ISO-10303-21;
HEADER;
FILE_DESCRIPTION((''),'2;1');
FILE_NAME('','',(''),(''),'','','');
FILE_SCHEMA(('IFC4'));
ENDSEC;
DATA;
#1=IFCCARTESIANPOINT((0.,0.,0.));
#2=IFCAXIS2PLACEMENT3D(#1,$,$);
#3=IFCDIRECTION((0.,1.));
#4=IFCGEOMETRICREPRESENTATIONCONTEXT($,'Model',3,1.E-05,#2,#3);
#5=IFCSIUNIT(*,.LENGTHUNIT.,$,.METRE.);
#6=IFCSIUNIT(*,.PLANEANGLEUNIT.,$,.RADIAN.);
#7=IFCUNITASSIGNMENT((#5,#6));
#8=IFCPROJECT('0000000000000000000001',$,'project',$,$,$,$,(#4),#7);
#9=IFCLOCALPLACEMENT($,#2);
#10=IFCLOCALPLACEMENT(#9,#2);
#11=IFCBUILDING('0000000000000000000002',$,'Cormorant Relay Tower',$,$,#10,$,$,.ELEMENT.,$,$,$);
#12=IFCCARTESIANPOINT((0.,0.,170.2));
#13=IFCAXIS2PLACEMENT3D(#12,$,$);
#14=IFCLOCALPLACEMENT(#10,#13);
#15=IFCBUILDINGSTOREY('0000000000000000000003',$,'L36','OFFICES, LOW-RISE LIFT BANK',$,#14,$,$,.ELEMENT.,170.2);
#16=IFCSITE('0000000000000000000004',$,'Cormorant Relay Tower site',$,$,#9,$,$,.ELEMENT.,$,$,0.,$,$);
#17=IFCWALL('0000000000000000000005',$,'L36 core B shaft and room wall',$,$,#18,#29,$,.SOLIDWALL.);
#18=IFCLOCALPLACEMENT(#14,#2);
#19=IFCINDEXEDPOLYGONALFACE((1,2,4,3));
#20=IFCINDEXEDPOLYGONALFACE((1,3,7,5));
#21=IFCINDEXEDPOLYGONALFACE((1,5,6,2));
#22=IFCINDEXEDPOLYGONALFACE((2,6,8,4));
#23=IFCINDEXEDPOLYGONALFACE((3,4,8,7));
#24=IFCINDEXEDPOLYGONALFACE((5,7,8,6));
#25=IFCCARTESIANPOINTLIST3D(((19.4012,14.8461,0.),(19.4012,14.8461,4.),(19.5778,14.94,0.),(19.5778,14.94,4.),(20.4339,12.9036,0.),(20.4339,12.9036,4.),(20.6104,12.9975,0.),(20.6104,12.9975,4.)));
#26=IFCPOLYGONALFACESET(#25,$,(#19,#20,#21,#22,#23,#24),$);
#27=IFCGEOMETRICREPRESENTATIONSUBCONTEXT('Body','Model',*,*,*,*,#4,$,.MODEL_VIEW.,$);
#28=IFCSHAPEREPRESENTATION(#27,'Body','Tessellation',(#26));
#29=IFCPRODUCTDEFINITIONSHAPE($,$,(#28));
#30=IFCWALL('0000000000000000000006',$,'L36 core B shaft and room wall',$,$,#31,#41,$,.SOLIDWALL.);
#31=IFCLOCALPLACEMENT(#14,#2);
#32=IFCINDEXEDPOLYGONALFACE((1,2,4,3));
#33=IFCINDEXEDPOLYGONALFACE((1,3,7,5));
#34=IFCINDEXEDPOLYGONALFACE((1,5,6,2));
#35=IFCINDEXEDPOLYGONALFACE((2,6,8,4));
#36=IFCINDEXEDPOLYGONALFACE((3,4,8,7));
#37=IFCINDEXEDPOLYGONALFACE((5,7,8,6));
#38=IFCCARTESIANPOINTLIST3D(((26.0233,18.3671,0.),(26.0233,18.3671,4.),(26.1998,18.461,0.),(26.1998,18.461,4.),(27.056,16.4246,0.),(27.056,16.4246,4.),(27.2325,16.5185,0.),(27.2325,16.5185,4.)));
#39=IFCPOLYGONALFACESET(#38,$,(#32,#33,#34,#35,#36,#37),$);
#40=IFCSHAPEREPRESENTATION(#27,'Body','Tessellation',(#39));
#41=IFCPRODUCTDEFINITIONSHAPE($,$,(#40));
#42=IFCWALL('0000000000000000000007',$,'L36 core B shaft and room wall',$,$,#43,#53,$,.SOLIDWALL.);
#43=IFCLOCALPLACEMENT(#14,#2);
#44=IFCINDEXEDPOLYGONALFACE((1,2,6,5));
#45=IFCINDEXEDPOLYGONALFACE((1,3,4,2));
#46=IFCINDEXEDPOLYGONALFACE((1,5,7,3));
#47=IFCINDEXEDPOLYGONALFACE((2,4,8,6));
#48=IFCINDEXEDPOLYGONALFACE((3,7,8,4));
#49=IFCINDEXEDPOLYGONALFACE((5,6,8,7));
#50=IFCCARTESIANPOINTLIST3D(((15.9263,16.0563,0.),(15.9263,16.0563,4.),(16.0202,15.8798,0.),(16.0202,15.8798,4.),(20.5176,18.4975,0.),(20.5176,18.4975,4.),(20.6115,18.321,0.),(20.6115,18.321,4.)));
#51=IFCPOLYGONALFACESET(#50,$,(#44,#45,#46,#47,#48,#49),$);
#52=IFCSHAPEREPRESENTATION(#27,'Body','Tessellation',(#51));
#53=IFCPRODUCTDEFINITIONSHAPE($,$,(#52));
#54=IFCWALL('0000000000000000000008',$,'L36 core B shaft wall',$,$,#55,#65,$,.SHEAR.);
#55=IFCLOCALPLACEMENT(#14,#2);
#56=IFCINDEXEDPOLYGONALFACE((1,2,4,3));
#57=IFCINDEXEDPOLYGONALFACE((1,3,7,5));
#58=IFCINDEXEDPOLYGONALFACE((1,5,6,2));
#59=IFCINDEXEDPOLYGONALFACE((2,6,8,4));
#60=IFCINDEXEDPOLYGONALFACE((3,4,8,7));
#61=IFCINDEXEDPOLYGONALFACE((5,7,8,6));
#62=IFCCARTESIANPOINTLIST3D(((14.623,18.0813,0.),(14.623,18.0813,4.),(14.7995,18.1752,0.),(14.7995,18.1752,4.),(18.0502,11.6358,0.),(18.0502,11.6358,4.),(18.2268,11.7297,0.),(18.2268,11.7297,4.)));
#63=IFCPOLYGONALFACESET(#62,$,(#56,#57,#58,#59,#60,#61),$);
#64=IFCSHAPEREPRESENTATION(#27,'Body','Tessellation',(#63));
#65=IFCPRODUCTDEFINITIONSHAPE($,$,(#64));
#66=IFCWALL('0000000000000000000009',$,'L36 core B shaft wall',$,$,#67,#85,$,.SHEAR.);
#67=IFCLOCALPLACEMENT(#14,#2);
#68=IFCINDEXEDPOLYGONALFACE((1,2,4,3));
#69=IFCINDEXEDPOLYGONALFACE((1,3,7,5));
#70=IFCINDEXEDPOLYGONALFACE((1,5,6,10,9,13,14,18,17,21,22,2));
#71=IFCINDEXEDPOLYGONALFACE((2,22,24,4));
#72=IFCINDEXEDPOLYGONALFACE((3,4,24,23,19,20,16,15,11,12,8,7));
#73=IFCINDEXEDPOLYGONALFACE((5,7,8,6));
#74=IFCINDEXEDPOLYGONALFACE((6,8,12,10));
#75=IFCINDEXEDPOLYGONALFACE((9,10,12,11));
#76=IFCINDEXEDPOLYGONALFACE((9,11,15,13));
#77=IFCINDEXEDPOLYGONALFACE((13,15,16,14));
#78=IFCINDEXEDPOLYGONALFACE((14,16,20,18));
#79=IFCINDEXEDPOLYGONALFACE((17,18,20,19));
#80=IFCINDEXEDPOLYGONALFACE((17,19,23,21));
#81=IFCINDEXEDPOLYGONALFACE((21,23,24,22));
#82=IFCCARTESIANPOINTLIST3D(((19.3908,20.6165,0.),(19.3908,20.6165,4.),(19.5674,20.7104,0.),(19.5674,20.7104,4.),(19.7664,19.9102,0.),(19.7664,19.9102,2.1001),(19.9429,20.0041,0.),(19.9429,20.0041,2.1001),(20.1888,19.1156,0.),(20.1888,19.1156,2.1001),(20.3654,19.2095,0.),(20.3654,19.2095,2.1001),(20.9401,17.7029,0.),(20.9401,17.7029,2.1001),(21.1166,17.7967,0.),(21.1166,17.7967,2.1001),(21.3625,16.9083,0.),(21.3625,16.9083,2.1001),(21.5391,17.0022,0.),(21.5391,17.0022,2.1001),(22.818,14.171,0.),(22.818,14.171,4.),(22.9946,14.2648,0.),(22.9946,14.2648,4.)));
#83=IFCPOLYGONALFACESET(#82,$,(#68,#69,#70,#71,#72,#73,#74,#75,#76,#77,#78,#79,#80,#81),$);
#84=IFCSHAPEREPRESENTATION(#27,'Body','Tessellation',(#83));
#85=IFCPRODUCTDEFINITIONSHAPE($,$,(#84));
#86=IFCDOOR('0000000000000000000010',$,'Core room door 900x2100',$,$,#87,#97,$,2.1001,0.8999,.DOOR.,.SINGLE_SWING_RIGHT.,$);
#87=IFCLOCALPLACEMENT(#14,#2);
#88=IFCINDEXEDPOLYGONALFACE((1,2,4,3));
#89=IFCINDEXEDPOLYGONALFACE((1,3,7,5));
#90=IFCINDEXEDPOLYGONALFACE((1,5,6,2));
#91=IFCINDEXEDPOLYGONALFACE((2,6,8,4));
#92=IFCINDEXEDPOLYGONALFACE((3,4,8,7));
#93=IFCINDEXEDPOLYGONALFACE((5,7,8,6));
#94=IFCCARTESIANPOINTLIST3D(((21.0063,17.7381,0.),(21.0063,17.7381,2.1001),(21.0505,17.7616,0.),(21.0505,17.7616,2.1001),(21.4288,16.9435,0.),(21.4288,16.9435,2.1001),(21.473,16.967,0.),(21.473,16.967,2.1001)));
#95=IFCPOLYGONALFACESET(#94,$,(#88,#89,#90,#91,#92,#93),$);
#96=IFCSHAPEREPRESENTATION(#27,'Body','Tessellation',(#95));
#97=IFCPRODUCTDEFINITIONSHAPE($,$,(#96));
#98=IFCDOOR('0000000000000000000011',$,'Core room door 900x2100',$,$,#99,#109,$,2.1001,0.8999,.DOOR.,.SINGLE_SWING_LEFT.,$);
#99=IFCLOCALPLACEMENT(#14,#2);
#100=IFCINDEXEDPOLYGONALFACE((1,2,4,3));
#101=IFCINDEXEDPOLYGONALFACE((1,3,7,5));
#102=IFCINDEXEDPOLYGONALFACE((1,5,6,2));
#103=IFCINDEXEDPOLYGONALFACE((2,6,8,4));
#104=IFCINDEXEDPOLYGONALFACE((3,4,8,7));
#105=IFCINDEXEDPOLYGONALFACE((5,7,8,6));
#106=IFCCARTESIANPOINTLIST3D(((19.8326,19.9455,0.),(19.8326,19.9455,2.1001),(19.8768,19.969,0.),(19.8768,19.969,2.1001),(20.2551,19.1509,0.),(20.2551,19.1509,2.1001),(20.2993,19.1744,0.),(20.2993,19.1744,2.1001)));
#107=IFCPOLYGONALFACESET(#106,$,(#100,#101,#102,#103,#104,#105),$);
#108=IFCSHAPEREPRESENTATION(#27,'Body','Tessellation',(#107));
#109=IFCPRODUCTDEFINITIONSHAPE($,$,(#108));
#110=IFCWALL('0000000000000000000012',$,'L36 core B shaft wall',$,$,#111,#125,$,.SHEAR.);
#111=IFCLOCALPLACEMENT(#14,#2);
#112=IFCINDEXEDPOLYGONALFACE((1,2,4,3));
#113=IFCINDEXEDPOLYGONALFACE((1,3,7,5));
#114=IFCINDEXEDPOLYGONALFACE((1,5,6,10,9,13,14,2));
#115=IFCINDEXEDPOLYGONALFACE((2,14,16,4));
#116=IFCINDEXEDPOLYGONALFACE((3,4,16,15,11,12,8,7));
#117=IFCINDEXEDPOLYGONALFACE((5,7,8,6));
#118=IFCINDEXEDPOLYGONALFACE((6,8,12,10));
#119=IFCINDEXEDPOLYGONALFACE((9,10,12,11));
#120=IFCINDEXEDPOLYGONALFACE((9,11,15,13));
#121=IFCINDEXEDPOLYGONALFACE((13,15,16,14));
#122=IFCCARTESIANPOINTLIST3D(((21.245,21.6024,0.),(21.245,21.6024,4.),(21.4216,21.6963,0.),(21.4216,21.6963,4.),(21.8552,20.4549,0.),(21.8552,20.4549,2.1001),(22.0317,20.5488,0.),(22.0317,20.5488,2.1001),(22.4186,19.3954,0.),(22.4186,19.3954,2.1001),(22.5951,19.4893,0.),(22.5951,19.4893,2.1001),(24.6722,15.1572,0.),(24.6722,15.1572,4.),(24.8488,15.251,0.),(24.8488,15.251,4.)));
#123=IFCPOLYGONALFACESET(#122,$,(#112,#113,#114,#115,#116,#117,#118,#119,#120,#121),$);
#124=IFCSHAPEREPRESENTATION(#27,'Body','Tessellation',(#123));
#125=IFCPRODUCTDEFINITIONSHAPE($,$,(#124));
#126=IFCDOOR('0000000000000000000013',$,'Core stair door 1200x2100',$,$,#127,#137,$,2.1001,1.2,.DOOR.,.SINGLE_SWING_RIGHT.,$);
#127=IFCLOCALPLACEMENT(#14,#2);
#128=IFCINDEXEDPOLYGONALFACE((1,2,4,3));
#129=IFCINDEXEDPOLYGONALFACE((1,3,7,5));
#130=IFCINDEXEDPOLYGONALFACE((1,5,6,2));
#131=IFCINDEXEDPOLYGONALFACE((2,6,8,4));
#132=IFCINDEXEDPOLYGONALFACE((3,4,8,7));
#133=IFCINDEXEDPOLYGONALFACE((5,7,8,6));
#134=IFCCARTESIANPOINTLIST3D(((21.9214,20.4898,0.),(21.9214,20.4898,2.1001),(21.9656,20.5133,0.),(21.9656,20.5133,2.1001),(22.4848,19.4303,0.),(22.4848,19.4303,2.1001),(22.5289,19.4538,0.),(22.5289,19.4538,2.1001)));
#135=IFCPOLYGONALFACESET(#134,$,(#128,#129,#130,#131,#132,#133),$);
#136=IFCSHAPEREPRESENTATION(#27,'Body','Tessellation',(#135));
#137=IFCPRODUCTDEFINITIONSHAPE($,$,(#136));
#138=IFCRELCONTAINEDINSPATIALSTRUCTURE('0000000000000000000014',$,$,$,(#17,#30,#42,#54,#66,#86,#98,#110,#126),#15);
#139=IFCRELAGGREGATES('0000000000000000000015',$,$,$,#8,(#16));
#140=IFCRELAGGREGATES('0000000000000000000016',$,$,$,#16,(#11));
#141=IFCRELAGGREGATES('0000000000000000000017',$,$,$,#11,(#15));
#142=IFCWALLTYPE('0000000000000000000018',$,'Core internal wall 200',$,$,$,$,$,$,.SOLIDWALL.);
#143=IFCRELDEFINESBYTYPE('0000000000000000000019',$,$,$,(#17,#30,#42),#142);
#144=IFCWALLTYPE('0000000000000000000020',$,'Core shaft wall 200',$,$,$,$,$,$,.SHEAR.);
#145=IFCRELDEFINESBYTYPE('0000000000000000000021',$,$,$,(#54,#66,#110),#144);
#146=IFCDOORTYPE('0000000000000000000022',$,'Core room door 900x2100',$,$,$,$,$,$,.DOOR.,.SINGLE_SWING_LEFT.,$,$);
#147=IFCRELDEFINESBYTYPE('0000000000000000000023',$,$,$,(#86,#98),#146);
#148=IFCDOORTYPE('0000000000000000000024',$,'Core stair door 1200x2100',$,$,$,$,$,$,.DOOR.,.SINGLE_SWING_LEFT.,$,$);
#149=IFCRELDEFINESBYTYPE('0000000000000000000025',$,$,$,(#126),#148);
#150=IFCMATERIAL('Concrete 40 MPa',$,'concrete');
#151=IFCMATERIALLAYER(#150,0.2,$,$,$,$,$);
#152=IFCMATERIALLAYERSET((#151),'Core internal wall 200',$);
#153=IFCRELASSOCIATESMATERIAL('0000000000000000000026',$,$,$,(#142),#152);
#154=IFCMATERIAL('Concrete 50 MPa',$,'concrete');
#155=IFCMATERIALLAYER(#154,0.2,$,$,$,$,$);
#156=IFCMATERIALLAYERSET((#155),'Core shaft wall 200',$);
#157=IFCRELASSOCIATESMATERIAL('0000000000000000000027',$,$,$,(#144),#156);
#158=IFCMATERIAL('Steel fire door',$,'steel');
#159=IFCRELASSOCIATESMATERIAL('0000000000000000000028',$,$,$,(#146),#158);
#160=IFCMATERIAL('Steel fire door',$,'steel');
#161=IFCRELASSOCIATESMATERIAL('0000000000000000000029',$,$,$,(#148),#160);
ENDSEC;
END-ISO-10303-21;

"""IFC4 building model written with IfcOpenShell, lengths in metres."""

from ifc_helpers import new_model, si_unit, direction, frame, frame_2d, origin, place, context, subcontext, project, spatial, rectangle, extrude, material, layer, layer_set, type_object, element, fill, save


model = new_model("IFC4")

# Units and contexts
model_context = context("Model", 3, precision=1e-05, world=origin(), true_north=direction((0.0, 1.0)))
body_context = subcontext(model_context, "Body", "Model", "MODEL_VIEW")
ifc_project = project(units=[si_unit("LENGTHUNIT", "METRE"), si_unit("PLANEANGLEUNIT", "RADIAN")], contexts=[model_context])

# Site, building, storey
site_placement = place(None, origin())
site = spatial("IfcSite", under=ifc_project, at=site_placement, Name="Cormorant Relay Tower site", CompositionType="ELEMENT", RefElevation=0.0)
building_placement = place(site_placement, origin())
building = spatial("IfcBuilding", under=site, at=building_placement, Name="Cormorant Relay Tower", CompositionType="ELEMENT")
storey_placement = place(building_placement, frame((0.0, 0.0, 170.2)))
storey = spatial("IfcBuildingStorey", under=building, at=storey_placement, Name="L36", Description="OFFICES, LOW-RISE LIFT BANK", CompositionType="ELEMENT", Elevation=170.2)

# Walls
ifc_material_1 = material(Name="Concrete 40 MPa", Category="concrete")
ifc_layer_1 = layer(ifc_material_1, 0.2)
ifc_layer_set_1 = layer_set([ifc_layer_1], Name="Core internal wall 200")
wall_type_1 = type_object("IfcWallType", Name="Core internal wall 200", PredefinedType="SOLIDWALL", material=ifc_layer_set_1)
for number, where, z_axis, x_axis, name in (
    (1, (20.5222, 12.9504, 0.0), (0.0, 0.0, 1.0), (-0.469401, 0.882985, 0.0), "L36 core B shaft and room wall"),
    (2, (27.1443, 16.4714, 0.0), (0.0, 0.0, 1.0), (-0.469401, 0.882985, 0.0), "L36 core B shaft and room wall"),
):
    element("IfcWall", number, at=place(storey_placement, frame(where, z_axis=z_axis, x_axis=x_axis)), inside=storey, type_object=wall_type_1, Name=name, PredefinedType="SOLIDWALL", context=body_context, shape_type="SweptSolid", body=[
        extrude(rectangle(XDim=2.2, YDim=0.2, at=frame_2d((1.1001, 0.0))), origin(), (0.0, 0.0, 1.0), 4.0),
    ])
wall_1_placement = place(storey_placement, frame((15.9731, 15.968, 0.0), z_axis=(0.0, 0.0, 1.0), x_axis=(0.882954, 0.46946, 0.0)))
element("IfcWall", 3, at=wall_1_placement, inside=storey, type_object=wall_type_1, Name="L36 core B shaft and room wall", PredefinedType="SOLIDWALL", context=body_context, shape_type="SweptSolid", body=[
    extrude(rectangle(XDim=5.2, YDim=0.2, at=frame_2d((2.6001, 0.0))), origin(), (0.0, 0.0, 1.0), 4.0),
])
ifc_material_2 = material(Name="Concrete 50 MPa", Category="concrete")
ifc_layer_2 = layer(ifc_material_2, 0.2)
ifc_layer_set_2 = layer_set([ifc_layer_2], Name="Core shaft wall 200")
wall_type_2 = type_object("IfcWallType", Name="Core shaft wall 200", PredefinedType="SHEAR", material=ifc_layer_set_2)
wall_2_placement = place(storey_placement, frame((18.1384, 11.6829, 0.0), z_axis=(0.0, 0.0, 1.0), x_axis=(-0.46948, 0.882943, 0.0)))
element("IfcWall", 4, at=wall_2_placement, inside=storey, type_object=wall_type_2, Name="L36 core B shaft wall", PredefinedType="SHEAR", context=body_context, shape_type="SweptSolid", body=[
    extrude(rectangle(XDim=7.3, YDim=0.2, at=frame_2d((3.6499, 0.0))), origin(), (0.0, 0.0, 1.0), 4.0),
])

# Wall, openings, doors
wall_3_placement = place(storey_placement, frame((22.9062, 14.218, 0.0), z_axis=(0.0, 0.0, 1.0), x_axis=(-0.46948, 0.882943, 0.0)))
wall_3 = element("IfcWall", 5, at=wall_3_placement, inside=storey, type_object=wall_type_2, Name="L36 core B shaft wall", PredefinedType="SHEAR", context=body_context, shape_type="SweptSolid", body=[
    extrude(rectangle(XDim=7.3, YDim=0.2, at=frame_2d((3.6499, 0.0))), origin(), (0.0, 0.0, 1.0), 4.0),
])
opening_1_placement = place(wall_3_placement, frame((3.1001, 0.0, 0.0)))
opening_1 = element("IfcOpeningElement", 6, at=opening_1_placement, cuts=wall_3, PredefinedType="OPENING", context=body_context, shape_type="SweptSolid", body=[
    extrude(rectangle(XDim=0.8999, YDim=2.1001, at=frame_2d((0.45, 1.05))), frame((0.0, 0.1099, 0.0), z_axis=(0.0, -1.0, 0.0), x_axis=(1.0, 0.0, 0.0)), (0.0, 0.0, 1.0), 0.22),
])
opening_2_placement = place(wall_3_placement, frame((5.6001, 0.0, 0.0)))
opening_2 = element("IfcOpeningElement", 7, at=opening_2_placement, cuts=wall_3, PredefinedType="OPENING", context=body_context, shape_type="SweptSolid", body=[
    extrude(rectangle(XDim=0.8999, YDim=2.1001, at=frame_2d((0.45, 1.05))), frame((0.0, 0.1099, 0.0), z_axis=(0.0, -1.0, 0.0), x_axis=(1.0, 0.0, 0.0)), (0.0, 0.0, 1.0), 0.22),
])
ifc_material_3 = material(Name="Steel fire door", Category="steel")
door_type_1 = type_object("IfcDoorType", Name="Core room door 900x2100", OperationType="SINGLE_SWING_LEFT", PredefinedType="DOOR", material=ifc_material_3)
door_1_placement = place(opening_1_placement, origin())
door_1 = element("IfcDoor", 8, at=door_1_placement, inside=storey, type_object=door_type_1, Name="Core room door 900x2100", OperationType="SINGLE_SWING_RIGHT", OverallHeight=2.1001, OverallWidth=0.8999, PredefinedType="DOOR", context=body_context, shape_type="SweptSolid", body=[
    extrude(rectangle(XDim=0.8999, YDim=2.1001, at=frame_2d((0.45, 1.05))), frame((0.0, 0.0249, 0.0), z_axis=(0.0, -1.0, 0.0), x_axis=(1.0, 0.0, 0.0)), (0.0, 0.0, 1.0), 0.05),
])
fill(opening_1, door_1)
door_2_placement = place(opening_2_placement, origin())
door_2 = element("IfcDoor", 9, at=door_2_placement, inside=storey, type_object=door_type_1, Name="Core room door 900x2100", OperationType="SINGLE_SWING_LEFT", OverallHeight=2.1001, OverallWidth=0.8999, PredefinedType="DOOR", context=body_context, shape_type="SweptSolid", body=[
    extrude(rectangle(XDim=0.8999, YDim=2.1001, at=frame_2d((0.45, 1.05))), frame((0.0, 0.0249, 0.0), z_axis=(0.0, -1.0, 0.0), x_axis=(1.0, 0.0, 0.0)), (0.0, 0.0, 1.0), 0.05),
])
fill(opening_2, door_2)

# Wall, opening, door
wall_4_placement = place(storey_placement, frame((24.7605, 15.2041, 0.0), z_axis=(0.0, 0.0, 1.0), x_axis=(-0.469494, 0.882936, 0.0)))
wall_4 = element("IfcWall", 10, at=wall_4_placement, inside=storey, type_object=wall_type_2, Name="L36 core B shaft wall", PredefinedType="SHEAR", context=body_context, shape_type="SweptSolid", body=[
    extrude(rectangle(XDim=7.2998, YDim=0.2, at=frame_2d((3.6499, 0.0))), origin(), (0.0, 0.0, 1.0), 4.0),
])
opening_3_placement = place(wall_4_placement, frame((4.8, 0.0, 0.0)))
opening_3 = element("IfcOpeningElement", 11, at=opening_3_placement, cuts=wall_4, PredefinedType="OPENING", context=body_context, shape_type="SweptSolid", body=[
    extrude(rectangle(XDim=1.2, YDim=2.1001, at=frame_2d((0.6001, 1.05))), frame((0.0, 0.1099, 0.0), z_axis=(0.0, -1.0, 0.0), x_axis=(1.0, 0.0, 0.0)), (0.0, 0.0, 1.0), 0.22),
])
ifc_material_4 = material(Name="Steel fire door", Category="steel")
door_type_2 = type_object("IfcDoorType", Name="Core stair door 1200x2100", OperationType="SINGLE_SWING_LEFT", PredefinedType="DOOR", material=ifc_material_4)
door_3_placement = place(opening_3_placement, frame((1.2, 0.0, 0.0), z_axis=(0.0, 0.0, 1.0), x_axis=(-1.0, 0.0, 0.0)))
door_3 = element("IfcDoor", 12, at=door_3_placement, inside=storey, type_object=door_type_2, Name="Core stair door 1200x2100", OperationType="SINGLE_SWING_RIGHT", OverallHeight=2.1001, OverallWidth=1.2, PredefinedType="DOOR", context=body_context, shape_type="SweptSolid", body=[
    extrude(rectangle(XDim=1.2, YDim=2.1001, at=frame_2d((0.6001, 1.05))), frame((0.0, 0.0249, 0.0), z_axis=(0.0, -1.0, 0.0), x_axis=(1.0, 0.0, 0.0)), (0.0, 0.0, 1.0), 0.05),
])
fill(opening_3, door_3)

save(model, "model.ifc")
